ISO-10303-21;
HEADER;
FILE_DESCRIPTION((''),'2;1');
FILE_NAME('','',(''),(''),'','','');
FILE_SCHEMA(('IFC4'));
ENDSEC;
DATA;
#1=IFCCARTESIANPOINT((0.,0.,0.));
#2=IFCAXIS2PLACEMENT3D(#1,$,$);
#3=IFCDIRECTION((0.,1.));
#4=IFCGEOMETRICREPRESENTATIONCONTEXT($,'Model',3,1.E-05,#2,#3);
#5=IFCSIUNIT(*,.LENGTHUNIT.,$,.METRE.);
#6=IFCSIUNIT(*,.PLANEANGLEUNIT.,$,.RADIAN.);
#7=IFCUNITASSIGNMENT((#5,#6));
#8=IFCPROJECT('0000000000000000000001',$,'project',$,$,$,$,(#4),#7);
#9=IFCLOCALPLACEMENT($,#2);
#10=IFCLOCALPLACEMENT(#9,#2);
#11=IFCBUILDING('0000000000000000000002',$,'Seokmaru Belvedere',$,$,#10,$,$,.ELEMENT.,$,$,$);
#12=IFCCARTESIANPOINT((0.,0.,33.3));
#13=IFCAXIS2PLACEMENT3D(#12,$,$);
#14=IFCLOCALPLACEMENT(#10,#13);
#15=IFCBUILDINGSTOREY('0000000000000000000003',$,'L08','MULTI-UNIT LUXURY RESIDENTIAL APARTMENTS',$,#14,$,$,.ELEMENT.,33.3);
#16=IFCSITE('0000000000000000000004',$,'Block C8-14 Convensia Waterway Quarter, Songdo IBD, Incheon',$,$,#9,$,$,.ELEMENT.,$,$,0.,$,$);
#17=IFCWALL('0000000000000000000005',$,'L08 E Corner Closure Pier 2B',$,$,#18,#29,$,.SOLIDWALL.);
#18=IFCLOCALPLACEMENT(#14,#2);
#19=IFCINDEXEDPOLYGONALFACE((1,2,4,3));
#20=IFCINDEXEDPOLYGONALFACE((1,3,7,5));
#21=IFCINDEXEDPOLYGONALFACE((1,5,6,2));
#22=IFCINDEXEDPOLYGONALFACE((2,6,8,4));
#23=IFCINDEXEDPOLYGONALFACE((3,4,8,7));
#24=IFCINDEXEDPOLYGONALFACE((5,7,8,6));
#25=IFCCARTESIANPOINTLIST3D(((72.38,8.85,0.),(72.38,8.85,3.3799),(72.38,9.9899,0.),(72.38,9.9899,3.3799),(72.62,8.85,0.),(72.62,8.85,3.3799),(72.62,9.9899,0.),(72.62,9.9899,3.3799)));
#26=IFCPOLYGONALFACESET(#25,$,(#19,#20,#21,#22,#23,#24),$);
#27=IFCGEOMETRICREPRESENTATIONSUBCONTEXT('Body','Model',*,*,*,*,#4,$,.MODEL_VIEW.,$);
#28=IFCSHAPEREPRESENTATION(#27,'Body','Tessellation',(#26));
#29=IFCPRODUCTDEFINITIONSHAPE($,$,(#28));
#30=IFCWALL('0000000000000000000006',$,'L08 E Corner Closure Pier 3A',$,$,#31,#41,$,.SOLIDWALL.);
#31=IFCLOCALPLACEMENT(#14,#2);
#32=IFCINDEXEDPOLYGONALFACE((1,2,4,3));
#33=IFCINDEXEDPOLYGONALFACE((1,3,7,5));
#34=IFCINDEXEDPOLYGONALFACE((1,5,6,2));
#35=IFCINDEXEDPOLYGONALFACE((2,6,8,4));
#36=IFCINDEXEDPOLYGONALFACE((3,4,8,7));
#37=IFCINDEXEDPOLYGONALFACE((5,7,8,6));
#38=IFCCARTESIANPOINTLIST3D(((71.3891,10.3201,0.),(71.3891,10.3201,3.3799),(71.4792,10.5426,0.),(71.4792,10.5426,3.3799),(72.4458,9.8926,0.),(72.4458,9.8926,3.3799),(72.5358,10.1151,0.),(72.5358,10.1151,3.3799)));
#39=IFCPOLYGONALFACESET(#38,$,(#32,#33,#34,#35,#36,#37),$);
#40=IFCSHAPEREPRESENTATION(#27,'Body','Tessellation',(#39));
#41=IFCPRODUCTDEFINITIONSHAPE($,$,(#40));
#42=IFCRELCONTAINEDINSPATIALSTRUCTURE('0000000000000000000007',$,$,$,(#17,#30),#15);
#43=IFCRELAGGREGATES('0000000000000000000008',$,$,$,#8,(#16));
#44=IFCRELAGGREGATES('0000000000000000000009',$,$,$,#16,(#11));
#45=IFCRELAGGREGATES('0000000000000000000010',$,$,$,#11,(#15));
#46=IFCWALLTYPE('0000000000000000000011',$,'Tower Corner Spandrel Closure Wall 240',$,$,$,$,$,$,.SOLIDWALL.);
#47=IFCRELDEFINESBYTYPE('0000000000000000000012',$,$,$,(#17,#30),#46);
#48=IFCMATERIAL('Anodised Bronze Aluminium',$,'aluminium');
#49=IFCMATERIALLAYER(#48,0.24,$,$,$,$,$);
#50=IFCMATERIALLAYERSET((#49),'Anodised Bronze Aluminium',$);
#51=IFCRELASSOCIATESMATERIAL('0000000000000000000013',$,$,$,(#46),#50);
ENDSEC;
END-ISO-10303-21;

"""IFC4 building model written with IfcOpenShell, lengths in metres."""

from ifc_helpers import new_model, si_unit, direction, frame, frame_2d, origin, place, context, subcontext, project, spatial, rectangle, extrude, material, layer, layer_set, type_object, element, save


model = new_model("IFC4")

# Units and contexts
model_context = context("Model", 3, precision=1e-05, world=origin(), true_north=direction((0.0, 1.0)))
body_context = subcontext(model_context, "Body", "Model", "MODEL_VIEW")
ifc_project = project(units=[si_unit("LENGTHUNIT", "METRE"), si_unit("PLANEANGLEUNIT", "RADIAN")], contexts=[model_context])

# Site, building, storey
site_placement = place(None, origin())
site = spatial("IfcSite", under=ifc_project, at=site_placement, Name="Block C8-14 Convensia Waterway Quarter, Songdo IBD, Incheon", CompositionType="ELEMENT", RefElevation=0.0)
building_placement = place(site_placement, origin())
building = spatial("IfcBuilding", under=site, at=building_placement, Name="Seokmaru Belvedere", CompositionType="ELEMENT")
storey_placement = place(building_placement, frame((0.0, 0.0, 33.3)))
storey = spatial("IfcBuildingStorey", under=building, at=storey_placement, Name="L08", Description="MULTI-UNIT LUXURY RESIDENTIAL APARTMENTS", CompositionType="ELEMENT", Elevation=33.3)

# Shared definitions
ifc_material_1 = material(Name="Anodised Bronze Aluminium", Category="aluminium")

# Walls
ifc_layer_1 = layer(ifc_material_1, 0.24)
ifc_layer_set_1 = layer_set([ifc_layer_1], Name="Anodised Bronze Aluminium")
wall_type = type_object("IfcWallType", Name="Tower Corner Spandrel Closure Wall 240", PredefinedType="SOLIDWALL", material=ifc_layer_set_1)
for number, where, z_axis, x_axis, name in (
    (1, (72.5, 8.8501, 0.0), (0.0, 0.0, 1.0), (0.0, 1.0, 0.0), "L08 E Corner Closure Pier 2B"),
    (2, (72.4907, 10.0039, 0.0), (0.0, 0.0, 1.0), (-0.927007, 0.375044, 0.0), "L08 E Corner Closure Pier 3A"),
):
    element("IfcWall", number, at=place(storey_placement, frame(where, z_axis=z_axis, x_axis=x_axis)), inside=storey, type_object=wall_type, Name=name, PredefinedType="SOLIDWALL", context=body_context, shape_type="SweptSolid", body=[
        extrude(rectangle(XDim=1.1399, YDim=0.24, at=frame_2d((0.5698, 0.0))), origin(), (0.0, 0.0, 1.0), 3.3799),
    ])

save(model, "model.ifc")
